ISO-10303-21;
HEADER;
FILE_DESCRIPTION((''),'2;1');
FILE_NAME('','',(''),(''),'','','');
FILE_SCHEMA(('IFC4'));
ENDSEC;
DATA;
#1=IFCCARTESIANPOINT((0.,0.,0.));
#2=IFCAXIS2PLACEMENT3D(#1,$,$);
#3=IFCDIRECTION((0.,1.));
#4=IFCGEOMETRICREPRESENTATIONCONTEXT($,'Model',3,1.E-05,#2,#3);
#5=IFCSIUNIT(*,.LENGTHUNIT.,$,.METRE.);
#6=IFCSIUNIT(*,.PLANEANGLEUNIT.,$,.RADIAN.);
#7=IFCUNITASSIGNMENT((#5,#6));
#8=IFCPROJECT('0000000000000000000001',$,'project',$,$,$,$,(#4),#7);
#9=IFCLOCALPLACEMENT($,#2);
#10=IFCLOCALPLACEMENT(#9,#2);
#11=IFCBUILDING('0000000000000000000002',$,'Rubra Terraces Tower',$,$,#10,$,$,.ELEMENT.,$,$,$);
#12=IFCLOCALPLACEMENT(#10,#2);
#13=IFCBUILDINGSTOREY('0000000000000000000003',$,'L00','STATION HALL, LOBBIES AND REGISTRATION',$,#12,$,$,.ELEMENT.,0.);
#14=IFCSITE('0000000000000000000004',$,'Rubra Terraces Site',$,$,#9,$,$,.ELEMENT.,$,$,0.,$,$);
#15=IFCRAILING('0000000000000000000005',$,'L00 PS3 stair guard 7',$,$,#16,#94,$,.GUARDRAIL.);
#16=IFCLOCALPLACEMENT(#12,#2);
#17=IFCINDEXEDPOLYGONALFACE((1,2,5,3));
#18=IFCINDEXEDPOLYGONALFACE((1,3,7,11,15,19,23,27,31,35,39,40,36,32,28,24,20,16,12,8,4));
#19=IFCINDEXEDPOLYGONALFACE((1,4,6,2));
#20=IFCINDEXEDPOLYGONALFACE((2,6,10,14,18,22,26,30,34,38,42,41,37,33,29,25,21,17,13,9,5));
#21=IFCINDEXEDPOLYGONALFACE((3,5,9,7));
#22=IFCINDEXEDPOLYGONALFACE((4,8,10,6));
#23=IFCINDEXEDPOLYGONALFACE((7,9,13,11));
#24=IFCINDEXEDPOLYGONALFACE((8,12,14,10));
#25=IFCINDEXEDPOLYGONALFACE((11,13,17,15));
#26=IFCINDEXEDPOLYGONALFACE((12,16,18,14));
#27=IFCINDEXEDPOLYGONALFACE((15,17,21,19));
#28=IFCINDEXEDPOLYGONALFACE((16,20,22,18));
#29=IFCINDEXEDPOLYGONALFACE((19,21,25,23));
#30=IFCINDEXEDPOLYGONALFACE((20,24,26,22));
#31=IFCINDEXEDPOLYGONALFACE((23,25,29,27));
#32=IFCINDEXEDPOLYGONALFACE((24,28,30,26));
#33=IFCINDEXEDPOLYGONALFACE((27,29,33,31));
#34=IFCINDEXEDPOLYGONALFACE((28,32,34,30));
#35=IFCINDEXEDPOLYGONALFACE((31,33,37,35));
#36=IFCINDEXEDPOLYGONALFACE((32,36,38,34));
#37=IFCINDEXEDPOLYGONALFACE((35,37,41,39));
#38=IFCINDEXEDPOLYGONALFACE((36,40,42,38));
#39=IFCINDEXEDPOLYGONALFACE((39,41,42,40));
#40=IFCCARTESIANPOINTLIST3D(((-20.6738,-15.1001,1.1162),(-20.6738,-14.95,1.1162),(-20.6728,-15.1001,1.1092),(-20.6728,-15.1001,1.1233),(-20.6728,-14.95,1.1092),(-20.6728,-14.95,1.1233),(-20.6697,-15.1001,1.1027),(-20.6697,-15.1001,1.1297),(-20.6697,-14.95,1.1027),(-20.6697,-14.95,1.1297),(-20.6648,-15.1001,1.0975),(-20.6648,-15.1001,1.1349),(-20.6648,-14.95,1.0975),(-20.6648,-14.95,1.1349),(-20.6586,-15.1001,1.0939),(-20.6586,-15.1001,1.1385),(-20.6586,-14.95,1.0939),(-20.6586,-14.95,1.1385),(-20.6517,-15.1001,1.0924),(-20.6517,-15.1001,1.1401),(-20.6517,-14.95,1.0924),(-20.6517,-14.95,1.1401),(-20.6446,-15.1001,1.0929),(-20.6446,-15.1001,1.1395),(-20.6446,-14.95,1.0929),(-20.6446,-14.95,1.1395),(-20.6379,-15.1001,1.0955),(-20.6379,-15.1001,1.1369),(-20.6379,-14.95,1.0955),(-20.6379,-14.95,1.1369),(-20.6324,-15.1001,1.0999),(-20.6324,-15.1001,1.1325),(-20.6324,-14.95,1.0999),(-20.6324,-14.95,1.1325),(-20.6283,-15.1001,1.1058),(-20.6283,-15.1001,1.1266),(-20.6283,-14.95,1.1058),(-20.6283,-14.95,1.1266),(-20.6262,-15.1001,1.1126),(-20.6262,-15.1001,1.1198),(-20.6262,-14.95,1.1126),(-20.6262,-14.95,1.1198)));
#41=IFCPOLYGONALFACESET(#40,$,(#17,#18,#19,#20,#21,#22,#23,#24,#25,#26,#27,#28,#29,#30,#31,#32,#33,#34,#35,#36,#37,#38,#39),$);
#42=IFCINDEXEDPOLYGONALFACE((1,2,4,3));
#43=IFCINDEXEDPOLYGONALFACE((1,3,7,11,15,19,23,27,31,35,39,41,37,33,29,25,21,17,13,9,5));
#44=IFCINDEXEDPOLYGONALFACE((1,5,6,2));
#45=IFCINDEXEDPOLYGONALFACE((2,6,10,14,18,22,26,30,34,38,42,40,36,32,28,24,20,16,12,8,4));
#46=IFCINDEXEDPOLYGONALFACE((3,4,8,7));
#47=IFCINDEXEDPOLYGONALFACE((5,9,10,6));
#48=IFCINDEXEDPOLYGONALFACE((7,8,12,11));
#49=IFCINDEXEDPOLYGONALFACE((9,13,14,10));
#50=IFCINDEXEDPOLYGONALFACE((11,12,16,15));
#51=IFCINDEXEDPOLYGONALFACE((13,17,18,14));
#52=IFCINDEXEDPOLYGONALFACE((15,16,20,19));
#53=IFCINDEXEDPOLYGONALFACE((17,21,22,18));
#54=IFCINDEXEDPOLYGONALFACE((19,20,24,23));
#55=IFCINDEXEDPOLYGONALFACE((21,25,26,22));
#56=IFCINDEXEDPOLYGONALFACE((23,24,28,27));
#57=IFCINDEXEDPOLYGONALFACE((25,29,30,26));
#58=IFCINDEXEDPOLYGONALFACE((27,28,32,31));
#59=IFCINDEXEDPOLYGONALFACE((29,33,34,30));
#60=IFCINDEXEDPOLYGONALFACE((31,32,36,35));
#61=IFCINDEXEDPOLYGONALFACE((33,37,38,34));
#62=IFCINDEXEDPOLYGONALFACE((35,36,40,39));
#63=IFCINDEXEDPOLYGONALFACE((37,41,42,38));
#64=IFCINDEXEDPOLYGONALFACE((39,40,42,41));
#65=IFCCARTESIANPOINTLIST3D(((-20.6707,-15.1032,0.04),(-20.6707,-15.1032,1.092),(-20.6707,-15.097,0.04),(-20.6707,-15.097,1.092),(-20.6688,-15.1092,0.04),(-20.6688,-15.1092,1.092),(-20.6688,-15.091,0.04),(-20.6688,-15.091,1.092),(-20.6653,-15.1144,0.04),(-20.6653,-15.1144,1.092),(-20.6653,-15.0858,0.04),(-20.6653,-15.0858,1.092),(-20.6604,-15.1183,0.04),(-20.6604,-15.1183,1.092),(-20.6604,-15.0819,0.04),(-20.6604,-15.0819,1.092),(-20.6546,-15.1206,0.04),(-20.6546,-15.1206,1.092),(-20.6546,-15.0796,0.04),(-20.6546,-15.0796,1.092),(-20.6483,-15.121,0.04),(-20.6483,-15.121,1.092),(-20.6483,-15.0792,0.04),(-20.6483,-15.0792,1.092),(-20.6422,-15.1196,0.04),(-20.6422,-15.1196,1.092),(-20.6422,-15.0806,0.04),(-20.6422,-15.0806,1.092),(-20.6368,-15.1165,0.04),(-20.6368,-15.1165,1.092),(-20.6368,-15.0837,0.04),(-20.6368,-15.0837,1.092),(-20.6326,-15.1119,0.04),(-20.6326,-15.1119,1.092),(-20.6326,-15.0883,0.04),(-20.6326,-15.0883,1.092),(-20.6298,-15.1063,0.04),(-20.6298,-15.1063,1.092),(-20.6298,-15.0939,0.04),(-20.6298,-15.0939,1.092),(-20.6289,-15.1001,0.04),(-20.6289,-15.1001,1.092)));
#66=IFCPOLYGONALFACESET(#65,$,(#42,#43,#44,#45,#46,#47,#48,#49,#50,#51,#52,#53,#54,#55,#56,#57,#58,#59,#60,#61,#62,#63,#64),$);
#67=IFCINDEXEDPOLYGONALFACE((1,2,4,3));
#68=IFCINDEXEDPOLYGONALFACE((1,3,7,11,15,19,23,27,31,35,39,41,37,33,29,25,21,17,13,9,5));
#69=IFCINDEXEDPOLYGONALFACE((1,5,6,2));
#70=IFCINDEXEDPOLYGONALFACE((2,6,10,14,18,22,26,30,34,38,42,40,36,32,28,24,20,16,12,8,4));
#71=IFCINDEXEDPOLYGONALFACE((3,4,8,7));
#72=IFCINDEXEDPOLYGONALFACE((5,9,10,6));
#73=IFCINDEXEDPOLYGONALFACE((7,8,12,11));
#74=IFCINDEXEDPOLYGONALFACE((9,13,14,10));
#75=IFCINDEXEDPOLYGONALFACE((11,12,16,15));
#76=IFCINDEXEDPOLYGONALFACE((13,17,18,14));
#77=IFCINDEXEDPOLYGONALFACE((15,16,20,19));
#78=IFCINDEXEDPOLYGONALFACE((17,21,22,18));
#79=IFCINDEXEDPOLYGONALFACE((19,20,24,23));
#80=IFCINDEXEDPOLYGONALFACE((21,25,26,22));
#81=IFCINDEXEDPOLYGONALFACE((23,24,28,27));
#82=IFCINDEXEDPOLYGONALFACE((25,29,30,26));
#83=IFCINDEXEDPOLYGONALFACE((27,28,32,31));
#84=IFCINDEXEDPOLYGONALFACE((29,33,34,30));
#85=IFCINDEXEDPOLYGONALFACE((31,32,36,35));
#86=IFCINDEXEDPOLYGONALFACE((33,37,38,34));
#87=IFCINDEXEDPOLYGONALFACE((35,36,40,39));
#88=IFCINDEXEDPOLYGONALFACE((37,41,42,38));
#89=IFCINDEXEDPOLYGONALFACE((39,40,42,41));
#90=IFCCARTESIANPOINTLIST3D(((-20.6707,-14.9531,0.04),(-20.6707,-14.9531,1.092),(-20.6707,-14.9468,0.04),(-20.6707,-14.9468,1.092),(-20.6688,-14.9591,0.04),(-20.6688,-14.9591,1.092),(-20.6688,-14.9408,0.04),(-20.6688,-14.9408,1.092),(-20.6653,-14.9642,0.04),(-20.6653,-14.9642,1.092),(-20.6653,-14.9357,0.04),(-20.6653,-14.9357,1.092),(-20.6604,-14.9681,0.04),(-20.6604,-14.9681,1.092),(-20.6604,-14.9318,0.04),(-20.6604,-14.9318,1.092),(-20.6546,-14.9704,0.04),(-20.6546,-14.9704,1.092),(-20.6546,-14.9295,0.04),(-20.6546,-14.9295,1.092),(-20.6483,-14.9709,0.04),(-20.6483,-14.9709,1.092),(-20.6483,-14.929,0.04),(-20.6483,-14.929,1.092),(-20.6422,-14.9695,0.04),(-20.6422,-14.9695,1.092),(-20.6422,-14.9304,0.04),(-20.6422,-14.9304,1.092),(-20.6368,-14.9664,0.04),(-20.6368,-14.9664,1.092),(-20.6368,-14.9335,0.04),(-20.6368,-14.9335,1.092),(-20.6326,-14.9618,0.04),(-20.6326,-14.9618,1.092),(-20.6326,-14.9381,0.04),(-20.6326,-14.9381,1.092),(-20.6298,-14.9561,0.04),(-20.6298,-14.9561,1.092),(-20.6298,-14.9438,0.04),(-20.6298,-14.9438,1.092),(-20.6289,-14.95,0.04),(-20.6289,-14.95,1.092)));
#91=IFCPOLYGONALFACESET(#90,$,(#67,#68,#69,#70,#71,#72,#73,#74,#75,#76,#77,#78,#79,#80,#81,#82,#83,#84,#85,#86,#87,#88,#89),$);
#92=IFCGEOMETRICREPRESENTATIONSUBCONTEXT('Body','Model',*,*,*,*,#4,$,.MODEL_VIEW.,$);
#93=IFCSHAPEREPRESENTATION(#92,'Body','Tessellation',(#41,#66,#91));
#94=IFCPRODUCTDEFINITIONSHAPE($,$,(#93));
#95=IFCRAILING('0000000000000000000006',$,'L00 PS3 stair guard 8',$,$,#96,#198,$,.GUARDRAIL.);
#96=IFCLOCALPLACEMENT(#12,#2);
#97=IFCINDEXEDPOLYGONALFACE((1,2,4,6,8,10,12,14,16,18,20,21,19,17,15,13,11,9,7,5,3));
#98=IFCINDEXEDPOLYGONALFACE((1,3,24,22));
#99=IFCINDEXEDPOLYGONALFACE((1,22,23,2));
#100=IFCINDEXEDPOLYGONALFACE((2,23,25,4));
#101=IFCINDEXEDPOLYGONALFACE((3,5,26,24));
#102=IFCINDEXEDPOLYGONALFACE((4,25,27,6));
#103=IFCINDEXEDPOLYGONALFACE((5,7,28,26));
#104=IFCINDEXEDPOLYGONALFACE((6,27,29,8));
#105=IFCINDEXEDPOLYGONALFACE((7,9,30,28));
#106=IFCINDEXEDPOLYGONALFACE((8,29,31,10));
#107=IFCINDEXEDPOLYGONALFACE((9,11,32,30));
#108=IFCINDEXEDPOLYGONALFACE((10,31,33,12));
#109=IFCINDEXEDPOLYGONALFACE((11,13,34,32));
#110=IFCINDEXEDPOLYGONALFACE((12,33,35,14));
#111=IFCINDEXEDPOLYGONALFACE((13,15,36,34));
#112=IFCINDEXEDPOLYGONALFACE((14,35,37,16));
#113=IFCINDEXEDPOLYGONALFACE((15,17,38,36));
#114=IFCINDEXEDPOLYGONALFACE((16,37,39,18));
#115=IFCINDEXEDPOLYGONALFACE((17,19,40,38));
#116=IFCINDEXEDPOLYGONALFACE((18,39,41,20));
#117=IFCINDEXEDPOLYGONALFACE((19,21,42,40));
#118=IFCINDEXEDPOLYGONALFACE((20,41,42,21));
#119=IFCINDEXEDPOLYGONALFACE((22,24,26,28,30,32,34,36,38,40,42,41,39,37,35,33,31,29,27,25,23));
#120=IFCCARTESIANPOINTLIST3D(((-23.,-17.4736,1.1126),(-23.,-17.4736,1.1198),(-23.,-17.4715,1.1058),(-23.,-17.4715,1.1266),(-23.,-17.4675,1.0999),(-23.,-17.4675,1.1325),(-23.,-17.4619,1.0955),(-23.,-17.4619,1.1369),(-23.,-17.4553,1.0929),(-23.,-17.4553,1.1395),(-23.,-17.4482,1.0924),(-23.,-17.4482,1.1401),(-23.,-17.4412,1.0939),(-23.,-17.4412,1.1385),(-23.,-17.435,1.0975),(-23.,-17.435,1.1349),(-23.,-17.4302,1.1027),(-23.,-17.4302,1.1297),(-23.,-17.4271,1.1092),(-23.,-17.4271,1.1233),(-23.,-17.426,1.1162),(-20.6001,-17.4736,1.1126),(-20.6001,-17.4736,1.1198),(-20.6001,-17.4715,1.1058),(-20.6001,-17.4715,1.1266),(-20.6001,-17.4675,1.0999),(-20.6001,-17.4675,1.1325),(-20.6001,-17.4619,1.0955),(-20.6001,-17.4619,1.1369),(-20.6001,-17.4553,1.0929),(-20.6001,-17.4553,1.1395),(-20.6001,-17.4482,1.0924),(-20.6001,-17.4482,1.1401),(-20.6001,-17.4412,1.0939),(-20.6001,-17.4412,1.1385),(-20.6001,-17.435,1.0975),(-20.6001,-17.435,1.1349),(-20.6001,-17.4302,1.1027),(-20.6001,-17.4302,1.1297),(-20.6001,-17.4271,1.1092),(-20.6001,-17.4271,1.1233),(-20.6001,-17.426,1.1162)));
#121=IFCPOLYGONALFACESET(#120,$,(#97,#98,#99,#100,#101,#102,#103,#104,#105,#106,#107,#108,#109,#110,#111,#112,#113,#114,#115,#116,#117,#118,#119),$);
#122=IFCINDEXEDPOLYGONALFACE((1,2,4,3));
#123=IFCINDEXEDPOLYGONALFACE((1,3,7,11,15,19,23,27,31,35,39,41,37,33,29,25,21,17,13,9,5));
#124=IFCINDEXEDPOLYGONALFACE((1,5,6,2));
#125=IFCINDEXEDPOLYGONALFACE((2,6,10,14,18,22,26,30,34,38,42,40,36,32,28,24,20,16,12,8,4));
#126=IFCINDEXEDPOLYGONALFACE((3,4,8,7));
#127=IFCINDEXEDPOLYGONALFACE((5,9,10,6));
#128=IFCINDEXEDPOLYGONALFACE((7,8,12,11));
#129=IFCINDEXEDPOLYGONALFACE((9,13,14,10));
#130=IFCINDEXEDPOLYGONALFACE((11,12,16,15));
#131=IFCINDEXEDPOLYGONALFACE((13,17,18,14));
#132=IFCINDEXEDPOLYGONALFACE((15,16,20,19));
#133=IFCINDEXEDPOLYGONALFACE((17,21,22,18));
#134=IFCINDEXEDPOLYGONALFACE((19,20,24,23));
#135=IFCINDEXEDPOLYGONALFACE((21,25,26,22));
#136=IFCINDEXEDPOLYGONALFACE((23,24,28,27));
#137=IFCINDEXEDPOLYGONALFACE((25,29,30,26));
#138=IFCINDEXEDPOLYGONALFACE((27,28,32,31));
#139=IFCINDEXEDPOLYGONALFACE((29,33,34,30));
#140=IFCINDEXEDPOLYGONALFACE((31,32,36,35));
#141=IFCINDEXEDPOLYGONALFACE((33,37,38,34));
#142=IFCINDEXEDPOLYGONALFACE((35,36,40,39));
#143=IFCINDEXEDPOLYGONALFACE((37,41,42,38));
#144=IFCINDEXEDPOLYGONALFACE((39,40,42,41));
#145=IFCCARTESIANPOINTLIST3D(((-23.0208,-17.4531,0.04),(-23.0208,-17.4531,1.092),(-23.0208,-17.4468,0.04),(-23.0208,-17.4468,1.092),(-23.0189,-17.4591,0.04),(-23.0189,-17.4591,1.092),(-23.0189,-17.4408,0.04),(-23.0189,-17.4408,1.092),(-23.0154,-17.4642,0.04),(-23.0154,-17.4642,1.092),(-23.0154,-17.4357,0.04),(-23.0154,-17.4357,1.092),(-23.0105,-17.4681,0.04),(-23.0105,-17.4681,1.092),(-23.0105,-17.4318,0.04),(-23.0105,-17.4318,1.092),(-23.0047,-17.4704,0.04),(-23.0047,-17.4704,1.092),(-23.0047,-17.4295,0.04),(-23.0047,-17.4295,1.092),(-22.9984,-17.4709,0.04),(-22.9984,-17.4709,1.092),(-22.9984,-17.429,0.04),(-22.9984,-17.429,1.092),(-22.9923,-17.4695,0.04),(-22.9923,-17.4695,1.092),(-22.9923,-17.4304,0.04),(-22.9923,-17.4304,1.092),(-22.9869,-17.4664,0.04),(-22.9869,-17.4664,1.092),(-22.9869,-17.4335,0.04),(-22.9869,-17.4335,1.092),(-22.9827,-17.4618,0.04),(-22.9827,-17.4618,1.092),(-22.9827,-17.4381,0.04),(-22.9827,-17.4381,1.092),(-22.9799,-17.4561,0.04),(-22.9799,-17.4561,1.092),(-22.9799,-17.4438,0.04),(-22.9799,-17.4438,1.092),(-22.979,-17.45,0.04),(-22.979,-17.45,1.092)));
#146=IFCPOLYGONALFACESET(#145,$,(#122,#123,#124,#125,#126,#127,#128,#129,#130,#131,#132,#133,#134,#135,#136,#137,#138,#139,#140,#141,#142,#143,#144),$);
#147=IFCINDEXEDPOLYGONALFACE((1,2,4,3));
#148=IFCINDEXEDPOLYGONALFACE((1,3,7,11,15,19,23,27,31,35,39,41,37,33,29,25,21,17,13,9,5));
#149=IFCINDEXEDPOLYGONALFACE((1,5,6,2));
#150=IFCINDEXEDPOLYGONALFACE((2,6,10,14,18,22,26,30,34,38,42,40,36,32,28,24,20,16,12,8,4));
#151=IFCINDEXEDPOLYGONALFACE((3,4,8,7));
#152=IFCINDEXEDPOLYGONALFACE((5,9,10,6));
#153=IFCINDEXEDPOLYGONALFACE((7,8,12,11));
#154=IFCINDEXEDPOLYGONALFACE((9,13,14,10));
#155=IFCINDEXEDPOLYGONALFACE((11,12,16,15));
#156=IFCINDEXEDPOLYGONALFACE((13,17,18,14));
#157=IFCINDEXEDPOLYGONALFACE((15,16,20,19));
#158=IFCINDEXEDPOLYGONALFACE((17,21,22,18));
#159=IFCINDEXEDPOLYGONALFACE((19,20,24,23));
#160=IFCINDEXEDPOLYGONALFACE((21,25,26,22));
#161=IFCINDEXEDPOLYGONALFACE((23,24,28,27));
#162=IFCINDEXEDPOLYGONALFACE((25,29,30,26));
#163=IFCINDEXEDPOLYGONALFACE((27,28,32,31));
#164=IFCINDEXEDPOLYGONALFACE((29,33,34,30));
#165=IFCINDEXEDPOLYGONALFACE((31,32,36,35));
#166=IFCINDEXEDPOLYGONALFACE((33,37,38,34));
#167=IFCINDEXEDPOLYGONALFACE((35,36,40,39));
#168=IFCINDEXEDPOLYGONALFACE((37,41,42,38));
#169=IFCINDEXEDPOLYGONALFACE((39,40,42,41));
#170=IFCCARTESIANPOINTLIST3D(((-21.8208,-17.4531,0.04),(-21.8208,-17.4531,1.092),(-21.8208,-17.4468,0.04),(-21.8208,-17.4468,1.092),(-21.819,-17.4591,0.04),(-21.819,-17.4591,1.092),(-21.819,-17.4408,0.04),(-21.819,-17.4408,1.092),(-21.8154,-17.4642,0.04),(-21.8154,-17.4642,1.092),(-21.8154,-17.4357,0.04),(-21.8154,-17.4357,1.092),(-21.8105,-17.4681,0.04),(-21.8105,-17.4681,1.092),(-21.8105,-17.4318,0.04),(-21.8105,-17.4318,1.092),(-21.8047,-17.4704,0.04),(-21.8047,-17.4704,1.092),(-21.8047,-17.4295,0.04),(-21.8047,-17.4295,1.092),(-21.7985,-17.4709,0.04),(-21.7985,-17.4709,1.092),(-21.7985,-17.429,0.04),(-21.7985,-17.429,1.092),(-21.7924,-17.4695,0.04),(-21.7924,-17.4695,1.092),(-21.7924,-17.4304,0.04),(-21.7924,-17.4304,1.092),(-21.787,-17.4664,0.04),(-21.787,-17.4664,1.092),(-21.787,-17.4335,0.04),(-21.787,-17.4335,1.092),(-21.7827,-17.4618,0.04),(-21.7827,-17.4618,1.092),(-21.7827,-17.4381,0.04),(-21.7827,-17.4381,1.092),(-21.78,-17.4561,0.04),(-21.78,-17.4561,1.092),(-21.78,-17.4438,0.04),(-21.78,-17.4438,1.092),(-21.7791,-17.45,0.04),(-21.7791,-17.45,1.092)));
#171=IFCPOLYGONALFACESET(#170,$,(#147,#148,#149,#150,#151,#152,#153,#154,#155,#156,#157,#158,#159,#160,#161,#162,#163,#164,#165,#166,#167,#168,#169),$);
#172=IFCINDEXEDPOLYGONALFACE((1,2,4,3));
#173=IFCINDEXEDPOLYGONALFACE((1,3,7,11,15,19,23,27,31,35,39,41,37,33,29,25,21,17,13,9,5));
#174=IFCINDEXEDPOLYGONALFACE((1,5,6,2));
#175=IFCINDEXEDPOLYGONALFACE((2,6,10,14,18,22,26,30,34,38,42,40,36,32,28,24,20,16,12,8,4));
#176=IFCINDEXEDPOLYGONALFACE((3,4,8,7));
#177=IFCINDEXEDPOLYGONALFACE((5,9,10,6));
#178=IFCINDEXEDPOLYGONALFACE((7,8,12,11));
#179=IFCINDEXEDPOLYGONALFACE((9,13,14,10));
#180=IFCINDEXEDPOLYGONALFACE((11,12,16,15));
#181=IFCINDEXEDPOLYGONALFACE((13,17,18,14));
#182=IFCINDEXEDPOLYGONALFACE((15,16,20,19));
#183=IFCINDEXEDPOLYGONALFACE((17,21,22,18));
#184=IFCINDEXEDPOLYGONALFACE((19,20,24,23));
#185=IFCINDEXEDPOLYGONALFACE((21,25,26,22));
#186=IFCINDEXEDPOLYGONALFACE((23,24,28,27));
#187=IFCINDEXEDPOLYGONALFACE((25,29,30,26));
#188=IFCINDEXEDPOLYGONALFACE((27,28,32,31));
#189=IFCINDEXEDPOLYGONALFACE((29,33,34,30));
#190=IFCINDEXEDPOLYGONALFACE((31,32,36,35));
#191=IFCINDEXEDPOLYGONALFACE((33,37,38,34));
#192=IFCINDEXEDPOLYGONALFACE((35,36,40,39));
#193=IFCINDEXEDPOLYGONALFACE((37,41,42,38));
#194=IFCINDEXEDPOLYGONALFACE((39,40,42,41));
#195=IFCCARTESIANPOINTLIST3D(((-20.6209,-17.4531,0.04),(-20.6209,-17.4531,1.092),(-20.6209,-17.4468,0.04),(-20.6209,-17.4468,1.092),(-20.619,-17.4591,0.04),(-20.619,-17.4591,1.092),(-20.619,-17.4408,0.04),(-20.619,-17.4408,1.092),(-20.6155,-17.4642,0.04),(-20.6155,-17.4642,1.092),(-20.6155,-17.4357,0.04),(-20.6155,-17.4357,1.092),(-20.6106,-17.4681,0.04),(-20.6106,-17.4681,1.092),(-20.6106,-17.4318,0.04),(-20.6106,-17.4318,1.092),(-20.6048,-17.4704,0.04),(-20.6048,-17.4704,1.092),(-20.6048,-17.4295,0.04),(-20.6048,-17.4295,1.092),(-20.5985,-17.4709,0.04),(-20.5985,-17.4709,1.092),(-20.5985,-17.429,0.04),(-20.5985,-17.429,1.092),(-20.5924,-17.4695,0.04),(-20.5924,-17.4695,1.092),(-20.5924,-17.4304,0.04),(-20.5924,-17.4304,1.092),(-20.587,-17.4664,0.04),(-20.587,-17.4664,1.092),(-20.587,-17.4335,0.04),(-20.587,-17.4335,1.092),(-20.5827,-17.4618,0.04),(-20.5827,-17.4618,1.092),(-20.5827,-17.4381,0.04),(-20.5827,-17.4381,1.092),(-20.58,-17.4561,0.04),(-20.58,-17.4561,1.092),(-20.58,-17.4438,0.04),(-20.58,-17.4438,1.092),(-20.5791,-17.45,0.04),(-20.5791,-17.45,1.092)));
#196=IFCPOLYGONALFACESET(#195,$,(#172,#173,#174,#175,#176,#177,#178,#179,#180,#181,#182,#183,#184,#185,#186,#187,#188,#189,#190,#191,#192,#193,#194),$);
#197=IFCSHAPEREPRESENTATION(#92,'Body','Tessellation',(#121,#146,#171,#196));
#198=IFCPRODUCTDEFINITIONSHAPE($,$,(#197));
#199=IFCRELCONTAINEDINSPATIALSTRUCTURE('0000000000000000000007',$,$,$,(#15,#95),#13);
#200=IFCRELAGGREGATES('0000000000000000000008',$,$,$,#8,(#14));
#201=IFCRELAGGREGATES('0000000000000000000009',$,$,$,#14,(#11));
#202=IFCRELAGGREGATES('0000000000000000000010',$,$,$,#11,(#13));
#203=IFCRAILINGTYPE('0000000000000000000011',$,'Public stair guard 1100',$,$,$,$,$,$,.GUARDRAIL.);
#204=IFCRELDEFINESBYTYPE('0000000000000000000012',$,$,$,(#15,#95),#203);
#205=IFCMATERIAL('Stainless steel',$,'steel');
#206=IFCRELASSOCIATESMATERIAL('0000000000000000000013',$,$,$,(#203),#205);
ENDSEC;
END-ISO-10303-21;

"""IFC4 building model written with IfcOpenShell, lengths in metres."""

from ifc_helpers import new_model, si_unit, direction, frame, origin, origin_2d, place, context, subcontext, project, spatial, circle, extrude, material, type_object, element, save


model = new_model("IFC4")

# Units and contexts
model_context = context("Model", 3, precision=1e-05, world=origin(), true_north=direction((0.0, 1.0)))
body_context = subcontext(model_context, "Body", "Model", "MODEL_VIEW")
ifc_project = project(units=[si_unit("LENGTHUNIT", "METRE"), si_unit("PLANEANGLEUNIT", "RADIAN")], contexts=[model_context])

# Site, building, storey
site_placement = place(None, origin())
site = spatial("IfcSite", under=ifc_project, at=site_placement, Name="Rubra Terraces Site", CompositionType="ELEMENT", RefElevation=0.0)
building_placement = place(site_placement, origin())
building = spatial("IfcBuilding", under=site, at=building_placement, Name="Rubra Terraces Tower", CompositionType="ELEMENT")
storey_placement = place(building_placement, origin())
storey = spatial("IfcBuildingStorey", under=building, at=storey_placement, Name="L00", Description="STATION HALL, LOBBIES AND REGISTRATION", CompositionType="ELEMENT", Elevation=0.0)

# Railings
ifc_material_1 = material(Name="Stainless steel", Category="steel")
railing_type_1 = type_object("IfcRailingType", Name="Public stair guard 1100", PredefinedType="GUARDRAIL", material=ifc_material_1)
railing_1_placement = place(storey_placement, frame((-20.6499, -15.1001, 0.04)))
element("IfcRailing", 1, at=railing_1_placement, inside=storey, type_object=railing_type_1, Name="L00 PS3 stair guard 7", PredefinedType="GUARDRAIL", context=body_context, shape_type="SweptSolid", body=[
    extrude(circle(Radius=0.0239, at=origin_2d()), frame((0.0, 0.0, 1.0762), z_axis=(0.0, 1.0, 0.0), x_axis=(-1.0, 0.0, 0.0)), (0.0, 0.0, 1.0), 0.1501),
    extrude(circle(Radius=0.021, at=origin_2d()), origin(), (0.0, 0.0, 1.0), 1.052),
    extrude(circle(Radius=0.021, at=origin_2d()), frame((0.0, 0.1501, 0.0)), (0.0, 0.0, 1.0), 1.052),
])
for number, where, name in (
    (2, (-23.0, -17.45, 0.04), "L00 PS3 stair guard 8"),
):
    element("IfcRailing", number, at=place(storey_placement, frame(where)), inside=storey, type_object=railing_type_1, Name=name, PredefinedType="GUARDRAIL", context=body_context, shape_type="SweptSolid", body=[
        extrude(circle(Radius=0.0239, at=origin_2d()), frame((0.0, 0.0, 1.0762), z_axis=(1.0, 0.0, 0.0), x_axis=(0.0, 1.0, 0.0)), (0.0, 0.0, 1.0), 2.3999),
        extrude(circle(Radius=0.021, at=origin_2d()), origin(), (0.0, 0.0, 1.0), 1.052),
        extrude(circle(Radius=0.021, at=origin_2d()), frame((1.2, 0.0, 0.0)), (0.0, 0.0, 1.0), 1.052),
        extrude(circle(Radius=0.021, at=origin_2d()), frame((2.3999, 0.0, 0.0)), (0.0, 0.0, 1.0), 1.052),
    ])

save(model, "model.ifc")
